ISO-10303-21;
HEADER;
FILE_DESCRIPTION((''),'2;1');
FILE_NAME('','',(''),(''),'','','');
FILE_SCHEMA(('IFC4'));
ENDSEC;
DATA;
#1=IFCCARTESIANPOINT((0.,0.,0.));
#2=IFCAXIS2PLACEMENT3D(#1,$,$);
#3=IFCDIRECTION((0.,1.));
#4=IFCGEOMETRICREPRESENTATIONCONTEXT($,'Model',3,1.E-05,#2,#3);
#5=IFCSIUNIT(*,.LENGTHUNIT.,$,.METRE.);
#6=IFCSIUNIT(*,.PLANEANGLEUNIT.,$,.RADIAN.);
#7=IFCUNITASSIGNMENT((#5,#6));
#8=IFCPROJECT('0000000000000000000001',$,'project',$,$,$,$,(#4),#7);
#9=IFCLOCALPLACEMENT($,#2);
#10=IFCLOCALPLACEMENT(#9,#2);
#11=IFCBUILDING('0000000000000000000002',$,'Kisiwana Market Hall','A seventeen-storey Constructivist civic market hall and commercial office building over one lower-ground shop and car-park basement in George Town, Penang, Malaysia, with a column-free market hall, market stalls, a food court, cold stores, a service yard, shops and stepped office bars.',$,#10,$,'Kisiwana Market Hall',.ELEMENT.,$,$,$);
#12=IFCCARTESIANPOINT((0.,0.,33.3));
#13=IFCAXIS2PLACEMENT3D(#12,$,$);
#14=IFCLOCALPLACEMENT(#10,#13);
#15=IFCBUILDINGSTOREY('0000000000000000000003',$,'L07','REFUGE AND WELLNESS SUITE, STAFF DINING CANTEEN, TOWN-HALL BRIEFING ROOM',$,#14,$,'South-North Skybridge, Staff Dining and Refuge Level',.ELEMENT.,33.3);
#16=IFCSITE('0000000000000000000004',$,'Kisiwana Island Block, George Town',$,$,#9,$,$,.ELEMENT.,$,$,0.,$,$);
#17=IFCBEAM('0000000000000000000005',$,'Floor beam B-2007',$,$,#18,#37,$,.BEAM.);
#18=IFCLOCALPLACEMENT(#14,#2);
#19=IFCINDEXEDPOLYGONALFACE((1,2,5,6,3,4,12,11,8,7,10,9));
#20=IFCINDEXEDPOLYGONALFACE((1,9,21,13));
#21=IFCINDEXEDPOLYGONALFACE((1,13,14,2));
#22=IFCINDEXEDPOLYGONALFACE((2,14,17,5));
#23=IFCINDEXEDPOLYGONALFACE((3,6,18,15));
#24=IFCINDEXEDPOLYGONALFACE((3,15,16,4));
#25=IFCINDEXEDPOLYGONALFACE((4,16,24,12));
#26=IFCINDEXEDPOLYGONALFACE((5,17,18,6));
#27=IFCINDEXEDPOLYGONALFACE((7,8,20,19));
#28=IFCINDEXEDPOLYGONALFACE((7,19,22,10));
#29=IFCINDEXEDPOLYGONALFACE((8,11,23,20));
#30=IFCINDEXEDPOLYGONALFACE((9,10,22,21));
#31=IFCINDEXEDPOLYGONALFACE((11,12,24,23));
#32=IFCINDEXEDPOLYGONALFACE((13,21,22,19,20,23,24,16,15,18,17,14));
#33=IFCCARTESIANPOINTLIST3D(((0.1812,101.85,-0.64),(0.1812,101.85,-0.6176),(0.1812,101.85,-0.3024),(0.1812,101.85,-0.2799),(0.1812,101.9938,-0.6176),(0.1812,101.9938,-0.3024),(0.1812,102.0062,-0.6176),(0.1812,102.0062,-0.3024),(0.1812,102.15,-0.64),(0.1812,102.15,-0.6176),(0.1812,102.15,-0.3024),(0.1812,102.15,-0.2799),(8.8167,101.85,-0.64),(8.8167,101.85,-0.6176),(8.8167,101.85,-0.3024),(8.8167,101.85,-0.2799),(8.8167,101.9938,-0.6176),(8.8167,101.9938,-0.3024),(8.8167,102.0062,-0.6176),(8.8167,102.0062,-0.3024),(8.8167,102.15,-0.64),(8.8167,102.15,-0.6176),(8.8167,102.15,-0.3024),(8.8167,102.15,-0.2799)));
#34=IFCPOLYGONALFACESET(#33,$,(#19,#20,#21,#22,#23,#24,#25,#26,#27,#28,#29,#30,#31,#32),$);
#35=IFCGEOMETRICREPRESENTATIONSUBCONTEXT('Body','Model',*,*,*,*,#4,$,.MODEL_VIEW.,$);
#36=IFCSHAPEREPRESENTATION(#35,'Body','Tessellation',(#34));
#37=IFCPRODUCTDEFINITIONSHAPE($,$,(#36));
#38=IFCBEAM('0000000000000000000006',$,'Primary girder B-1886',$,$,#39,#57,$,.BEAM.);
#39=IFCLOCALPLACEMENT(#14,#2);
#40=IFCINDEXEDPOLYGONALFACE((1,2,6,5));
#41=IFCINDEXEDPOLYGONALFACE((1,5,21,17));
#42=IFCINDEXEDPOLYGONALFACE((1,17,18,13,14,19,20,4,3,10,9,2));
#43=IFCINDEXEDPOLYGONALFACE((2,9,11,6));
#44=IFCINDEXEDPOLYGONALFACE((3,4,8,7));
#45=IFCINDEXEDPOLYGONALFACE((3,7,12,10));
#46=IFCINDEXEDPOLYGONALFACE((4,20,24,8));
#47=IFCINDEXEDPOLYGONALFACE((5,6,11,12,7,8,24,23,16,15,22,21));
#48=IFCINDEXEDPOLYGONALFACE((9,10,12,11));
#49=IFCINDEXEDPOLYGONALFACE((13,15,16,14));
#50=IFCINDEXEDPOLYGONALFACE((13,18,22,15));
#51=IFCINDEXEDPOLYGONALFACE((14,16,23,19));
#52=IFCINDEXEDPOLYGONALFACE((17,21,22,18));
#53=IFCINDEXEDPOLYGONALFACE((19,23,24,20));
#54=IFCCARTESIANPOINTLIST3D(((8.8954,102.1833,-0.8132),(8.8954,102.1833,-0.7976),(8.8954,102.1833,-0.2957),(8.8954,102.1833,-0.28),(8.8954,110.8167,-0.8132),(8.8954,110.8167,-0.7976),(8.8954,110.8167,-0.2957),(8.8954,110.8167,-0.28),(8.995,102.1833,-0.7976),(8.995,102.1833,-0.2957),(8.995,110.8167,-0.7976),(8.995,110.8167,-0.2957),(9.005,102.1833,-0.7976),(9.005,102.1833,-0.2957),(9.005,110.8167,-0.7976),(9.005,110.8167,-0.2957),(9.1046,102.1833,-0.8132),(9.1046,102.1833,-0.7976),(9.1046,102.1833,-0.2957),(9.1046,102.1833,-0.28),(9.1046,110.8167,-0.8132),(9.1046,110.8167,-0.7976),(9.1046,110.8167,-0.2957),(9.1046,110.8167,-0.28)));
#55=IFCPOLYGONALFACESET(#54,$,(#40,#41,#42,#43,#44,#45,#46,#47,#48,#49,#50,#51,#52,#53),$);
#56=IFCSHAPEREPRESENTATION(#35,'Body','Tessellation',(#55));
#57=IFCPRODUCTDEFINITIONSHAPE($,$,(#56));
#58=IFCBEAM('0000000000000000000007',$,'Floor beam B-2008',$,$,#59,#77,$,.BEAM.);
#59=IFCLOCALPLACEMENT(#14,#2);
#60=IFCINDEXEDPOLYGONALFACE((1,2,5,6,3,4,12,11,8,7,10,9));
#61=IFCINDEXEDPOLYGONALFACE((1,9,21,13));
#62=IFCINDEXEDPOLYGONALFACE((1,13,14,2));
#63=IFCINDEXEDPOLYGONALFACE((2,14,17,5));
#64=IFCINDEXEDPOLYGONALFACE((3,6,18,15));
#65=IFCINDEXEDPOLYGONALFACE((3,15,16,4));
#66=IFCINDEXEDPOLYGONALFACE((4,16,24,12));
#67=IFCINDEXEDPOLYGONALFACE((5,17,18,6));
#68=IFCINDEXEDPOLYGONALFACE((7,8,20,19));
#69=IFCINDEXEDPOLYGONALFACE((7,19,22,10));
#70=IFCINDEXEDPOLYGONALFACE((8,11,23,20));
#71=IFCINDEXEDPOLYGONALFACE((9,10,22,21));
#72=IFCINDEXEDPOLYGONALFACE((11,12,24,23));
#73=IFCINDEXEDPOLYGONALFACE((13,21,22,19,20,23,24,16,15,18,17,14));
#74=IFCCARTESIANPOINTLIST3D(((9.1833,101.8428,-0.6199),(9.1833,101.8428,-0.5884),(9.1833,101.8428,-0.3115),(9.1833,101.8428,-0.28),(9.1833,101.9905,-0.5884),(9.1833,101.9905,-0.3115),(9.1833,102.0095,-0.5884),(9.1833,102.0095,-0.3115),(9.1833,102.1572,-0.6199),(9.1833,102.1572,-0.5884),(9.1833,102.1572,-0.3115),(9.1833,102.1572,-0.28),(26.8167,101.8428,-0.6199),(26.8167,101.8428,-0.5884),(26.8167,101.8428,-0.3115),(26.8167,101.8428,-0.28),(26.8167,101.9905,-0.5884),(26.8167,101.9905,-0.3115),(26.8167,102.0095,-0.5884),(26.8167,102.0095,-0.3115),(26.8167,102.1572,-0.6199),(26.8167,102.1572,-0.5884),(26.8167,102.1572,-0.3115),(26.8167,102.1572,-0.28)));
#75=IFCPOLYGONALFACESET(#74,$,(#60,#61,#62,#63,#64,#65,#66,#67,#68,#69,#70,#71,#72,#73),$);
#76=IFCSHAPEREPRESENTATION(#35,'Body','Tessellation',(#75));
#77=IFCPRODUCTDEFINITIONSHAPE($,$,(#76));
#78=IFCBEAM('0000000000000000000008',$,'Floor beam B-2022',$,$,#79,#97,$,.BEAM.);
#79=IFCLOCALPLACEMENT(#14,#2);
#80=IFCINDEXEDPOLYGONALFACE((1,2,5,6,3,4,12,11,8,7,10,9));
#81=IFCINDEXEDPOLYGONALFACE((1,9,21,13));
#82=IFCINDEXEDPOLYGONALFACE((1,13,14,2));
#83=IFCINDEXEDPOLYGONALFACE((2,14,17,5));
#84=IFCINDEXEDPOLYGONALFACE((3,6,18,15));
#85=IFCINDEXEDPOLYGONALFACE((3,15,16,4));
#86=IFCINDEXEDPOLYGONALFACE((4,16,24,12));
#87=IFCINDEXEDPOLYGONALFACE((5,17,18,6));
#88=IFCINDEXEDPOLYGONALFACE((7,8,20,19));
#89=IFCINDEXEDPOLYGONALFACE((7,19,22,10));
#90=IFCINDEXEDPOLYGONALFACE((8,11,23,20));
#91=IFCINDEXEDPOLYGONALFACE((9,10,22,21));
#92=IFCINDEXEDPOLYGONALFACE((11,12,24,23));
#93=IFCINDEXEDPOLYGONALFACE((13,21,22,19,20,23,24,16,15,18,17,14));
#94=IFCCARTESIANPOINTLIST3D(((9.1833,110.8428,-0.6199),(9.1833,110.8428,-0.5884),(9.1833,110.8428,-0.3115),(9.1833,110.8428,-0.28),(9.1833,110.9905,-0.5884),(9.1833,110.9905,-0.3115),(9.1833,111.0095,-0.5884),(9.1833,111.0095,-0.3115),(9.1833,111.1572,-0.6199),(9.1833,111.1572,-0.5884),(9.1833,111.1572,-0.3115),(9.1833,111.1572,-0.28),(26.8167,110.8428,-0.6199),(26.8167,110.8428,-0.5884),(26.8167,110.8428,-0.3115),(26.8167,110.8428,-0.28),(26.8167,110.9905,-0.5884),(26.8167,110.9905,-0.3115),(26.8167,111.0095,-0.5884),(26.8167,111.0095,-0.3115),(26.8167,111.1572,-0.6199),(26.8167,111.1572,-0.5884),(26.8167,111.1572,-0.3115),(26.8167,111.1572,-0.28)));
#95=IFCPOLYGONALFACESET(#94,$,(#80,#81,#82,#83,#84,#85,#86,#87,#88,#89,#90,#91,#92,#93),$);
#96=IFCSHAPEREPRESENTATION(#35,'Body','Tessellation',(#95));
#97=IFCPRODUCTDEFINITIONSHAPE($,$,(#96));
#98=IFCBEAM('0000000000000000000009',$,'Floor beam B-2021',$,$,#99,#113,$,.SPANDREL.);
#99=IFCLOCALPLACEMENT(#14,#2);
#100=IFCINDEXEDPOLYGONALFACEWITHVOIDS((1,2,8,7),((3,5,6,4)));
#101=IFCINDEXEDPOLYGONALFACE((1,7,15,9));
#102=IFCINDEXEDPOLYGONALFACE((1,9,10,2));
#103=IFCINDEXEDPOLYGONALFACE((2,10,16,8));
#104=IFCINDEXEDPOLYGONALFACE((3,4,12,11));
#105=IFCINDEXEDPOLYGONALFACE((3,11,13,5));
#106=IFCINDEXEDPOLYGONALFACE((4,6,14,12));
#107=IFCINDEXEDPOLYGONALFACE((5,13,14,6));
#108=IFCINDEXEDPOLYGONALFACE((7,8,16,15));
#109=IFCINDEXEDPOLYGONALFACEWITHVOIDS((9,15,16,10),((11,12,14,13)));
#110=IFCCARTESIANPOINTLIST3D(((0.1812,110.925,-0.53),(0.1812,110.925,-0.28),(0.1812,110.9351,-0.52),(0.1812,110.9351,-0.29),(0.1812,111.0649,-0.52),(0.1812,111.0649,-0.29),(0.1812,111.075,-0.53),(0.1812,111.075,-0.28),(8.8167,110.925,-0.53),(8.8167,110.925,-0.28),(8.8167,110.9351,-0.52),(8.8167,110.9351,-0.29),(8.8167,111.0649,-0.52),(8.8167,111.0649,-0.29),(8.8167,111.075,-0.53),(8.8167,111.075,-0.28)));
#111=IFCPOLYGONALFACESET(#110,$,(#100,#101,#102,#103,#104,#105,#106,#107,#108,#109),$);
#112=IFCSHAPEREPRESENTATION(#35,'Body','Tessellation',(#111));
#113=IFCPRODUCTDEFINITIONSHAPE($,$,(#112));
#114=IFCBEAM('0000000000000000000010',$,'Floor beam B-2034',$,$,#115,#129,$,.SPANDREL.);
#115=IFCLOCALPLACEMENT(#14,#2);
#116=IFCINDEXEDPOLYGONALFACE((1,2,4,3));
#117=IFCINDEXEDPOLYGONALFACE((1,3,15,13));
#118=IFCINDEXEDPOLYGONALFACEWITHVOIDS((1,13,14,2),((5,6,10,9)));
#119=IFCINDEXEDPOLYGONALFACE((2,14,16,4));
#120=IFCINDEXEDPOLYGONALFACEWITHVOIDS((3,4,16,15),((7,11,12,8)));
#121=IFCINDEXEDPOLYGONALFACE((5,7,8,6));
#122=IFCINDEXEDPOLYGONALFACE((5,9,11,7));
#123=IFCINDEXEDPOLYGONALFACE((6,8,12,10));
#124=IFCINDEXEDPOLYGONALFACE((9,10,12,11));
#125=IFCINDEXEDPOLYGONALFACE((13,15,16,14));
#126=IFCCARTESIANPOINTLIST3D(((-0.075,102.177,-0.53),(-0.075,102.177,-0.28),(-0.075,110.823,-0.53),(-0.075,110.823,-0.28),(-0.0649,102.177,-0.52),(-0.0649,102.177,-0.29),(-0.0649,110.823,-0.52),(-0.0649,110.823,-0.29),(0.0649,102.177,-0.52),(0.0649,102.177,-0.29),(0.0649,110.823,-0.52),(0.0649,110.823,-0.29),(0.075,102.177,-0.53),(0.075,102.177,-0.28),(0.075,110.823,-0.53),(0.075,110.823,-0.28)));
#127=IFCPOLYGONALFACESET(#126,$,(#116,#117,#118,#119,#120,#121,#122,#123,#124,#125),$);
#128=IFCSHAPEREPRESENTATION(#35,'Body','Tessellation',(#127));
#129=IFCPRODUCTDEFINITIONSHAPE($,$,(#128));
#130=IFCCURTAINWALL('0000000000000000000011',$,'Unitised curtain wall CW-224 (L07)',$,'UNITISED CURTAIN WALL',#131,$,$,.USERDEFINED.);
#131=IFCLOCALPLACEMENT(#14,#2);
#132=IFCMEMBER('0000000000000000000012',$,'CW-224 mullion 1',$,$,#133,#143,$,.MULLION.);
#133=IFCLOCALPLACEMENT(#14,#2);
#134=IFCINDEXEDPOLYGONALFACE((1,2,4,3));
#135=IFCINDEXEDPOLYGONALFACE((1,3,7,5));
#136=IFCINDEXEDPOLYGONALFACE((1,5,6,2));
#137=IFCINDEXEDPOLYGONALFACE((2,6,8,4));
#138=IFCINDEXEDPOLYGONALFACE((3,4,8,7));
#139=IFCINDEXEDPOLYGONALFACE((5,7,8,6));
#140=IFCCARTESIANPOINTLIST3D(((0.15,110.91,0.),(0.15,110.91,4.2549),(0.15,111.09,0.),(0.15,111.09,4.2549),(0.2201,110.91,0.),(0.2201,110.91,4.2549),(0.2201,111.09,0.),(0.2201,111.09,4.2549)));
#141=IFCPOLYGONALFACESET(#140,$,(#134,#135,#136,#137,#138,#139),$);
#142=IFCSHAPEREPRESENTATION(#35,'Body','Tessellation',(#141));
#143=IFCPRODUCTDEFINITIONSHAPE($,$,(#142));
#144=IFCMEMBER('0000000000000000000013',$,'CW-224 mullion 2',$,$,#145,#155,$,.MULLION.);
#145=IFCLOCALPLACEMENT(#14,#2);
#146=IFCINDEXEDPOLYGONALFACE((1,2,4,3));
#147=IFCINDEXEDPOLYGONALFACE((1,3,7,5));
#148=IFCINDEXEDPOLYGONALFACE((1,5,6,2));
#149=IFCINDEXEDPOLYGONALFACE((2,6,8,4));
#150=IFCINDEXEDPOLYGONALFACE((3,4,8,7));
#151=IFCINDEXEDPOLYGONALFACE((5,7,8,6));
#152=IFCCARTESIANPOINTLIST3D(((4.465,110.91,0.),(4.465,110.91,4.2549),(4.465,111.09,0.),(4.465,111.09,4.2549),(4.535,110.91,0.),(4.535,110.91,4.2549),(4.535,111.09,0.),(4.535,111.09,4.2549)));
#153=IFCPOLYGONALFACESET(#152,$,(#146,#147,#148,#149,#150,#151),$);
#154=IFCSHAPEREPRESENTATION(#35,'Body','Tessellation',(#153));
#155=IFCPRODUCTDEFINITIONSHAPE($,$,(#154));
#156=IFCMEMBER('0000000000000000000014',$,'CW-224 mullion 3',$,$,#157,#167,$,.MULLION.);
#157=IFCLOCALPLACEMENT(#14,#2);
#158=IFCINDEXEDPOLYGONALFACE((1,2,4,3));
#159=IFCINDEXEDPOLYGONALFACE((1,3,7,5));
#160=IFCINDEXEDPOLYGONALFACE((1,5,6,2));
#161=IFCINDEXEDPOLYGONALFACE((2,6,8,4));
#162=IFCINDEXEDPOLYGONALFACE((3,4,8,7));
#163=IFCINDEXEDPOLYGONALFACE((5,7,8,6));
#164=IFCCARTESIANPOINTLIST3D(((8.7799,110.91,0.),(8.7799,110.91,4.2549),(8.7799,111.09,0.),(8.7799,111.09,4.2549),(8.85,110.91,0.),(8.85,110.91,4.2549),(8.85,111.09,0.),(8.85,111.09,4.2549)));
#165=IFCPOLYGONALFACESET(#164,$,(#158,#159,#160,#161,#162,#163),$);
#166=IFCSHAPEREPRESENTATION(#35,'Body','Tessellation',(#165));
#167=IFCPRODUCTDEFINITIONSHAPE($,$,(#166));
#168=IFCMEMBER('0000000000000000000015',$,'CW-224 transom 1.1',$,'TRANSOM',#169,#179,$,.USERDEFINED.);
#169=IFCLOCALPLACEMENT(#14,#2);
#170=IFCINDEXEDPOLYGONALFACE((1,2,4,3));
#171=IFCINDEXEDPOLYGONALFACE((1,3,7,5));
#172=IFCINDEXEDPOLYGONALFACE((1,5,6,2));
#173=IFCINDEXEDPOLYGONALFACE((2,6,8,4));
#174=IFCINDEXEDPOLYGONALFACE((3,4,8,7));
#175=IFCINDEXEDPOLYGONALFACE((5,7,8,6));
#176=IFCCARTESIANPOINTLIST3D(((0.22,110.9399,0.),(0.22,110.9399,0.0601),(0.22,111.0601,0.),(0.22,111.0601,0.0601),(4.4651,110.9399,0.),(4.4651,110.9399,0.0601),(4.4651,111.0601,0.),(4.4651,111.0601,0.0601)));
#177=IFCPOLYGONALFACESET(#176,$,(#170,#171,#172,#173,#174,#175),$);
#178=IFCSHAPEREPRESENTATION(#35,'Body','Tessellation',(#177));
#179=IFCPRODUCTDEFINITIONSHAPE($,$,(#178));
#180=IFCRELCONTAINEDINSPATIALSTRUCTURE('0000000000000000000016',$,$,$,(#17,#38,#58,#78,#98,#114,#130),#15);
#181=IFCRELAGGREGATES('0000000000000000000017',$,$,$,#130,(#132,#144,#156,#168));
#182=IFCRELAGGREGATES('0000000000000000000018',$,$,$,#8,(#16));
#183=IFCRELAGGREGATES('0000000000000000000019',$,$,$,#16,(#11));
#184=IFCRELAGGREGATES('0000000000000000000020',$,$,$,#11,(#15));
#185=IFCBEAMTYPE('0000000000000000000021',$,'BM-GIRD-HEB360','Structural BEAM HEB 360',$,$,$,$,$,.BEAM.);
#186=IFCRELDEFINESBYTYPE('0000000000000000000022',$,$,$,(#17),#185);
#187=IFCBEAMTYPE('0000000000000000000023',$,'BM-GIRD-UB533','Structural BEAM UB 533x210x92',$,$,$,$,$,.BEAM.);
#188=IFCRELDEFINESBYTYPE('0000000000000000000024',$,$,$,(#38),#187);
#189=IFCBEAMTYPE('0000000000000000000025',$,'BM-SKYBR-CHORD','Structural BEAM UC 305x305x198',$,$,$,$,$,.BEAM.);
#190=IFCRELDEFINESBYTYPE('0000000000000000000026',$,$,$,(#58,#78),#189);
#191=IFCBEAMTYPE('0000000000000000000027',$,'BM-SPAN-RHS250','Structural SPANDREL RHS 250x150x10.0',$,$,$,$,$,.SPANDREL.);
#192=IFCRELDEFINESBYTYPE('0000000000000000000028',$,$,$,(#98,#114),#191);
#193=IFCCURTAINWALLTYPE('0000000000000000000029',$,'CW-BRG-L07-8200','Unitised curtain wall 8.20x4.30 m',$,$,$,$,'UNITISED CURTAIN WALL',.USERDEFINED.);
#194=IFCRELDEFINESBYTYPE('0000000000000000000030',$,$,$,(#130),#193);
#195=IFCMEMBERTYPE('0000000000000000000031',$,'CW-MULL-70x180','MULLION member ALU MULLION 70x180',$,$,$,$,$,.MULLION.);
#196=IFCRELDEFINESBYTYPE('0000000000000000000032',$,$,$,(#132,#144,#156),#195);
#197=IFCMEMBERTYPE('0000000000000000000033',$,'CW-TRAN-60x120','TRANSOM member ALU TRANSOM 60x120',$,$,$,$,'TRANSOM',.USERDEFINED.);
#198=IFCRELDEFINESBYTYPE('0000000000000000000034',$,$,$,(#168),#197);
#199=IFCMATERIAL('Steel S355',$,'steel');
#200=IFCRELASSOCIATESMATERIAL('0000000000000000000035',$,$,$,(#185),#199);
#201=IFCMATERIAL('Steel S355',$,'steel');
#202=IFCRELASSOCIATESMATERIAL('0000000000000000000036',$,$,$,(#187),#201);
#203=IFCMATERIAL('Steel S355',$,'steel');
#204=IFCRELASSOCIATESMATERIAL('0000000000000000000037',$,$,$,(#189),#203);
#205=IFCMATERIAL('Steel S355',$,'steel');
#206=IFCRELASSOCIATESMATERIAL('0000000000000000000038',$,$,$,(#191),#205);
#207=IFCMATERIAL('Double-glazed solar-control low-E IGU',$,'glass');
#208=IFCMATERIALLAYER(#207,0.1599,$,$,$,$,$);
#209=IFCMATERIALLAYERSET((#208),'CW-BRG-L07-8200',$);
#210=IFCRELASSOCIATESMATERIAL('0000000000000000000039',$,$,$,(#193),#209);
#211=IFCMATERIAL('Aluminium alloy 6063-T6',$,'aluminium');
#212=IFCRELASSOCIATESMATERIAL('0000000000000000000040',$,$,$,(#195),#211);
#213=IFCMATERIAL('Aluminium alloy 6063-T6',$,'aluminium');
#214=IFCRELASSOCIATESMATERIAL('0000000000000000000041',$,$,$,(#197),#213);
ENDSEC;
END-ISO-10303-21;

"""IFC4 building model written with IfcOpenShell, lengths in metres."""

from ifc_helpers import new_model, si_unit, direction, frame, origin, origin_2d, place, context, subcontext, project, spatial, rectangle, hollow_rectangle, i_section, extrude, material, layer, layer_set, material_profile, profile_set, type_object, element, aggregate, save


model = new_model("IFC4")

# Units and contexts
model_context = context("Model", 3, precision=1e-05, world=origin(), true_north=direction((0.0, 1.0)))
body_context = subcontext(model_context, "Body", "Model", "MODEL_VIEW")
ifc_project = project(units=[si_unit("LENGTHUNIT", "METRE"), si_unit("PLANEANGLEUNIT", "RADIAN")], contexts=[model_context])

# Site, building, storey
site_placement = place(None, origin())
site = spatial("IfcSite", under=ifc_project, at=site_placement, Name="Kisiwana Island Block, George Town", CompositionType="ELEMENT", RefElevation=0.0)
building_placement = place(site_placement, origin())
building = spatial("IfcBuilding", under=site, at=building_placement, Name="Kisiwana Market Hall", Description="A seventeen-storey Constructivist civic market hall and commercial office building over one lower-ground shop and car-park basement in George Town, Penang, Malaysia, with a column-free market hall, market stalls, a food court, cold stores, a service yard, shops and stepped office bars.", LongName="Kisiwana Market Hall", CompositionType="ELEMENT")
storey_placement = place(building_placement, frame((0.0, 0.0, 33.3)))
storey = spatial("IfcBuildingStorey", under=building, at=storey_placement, Name="L07", Description="REFUGE AND WELLNESS SUITE, STAFF DINING CANTEEN, TOWN-HALL BRIEFING ROOM", LongName="South-North Skybridge, Staff Dining and Refuge Level", CompositionType="ELEMENT", Elevation=33.3)

# Beams
ifc_material_1 = material(Name="Steel S355", Category="steel")
ifc_material_profile_1 = material_profile(ifc_material_1, i_section(OverallWidth=0.3, OverallDepth=0.3601, WebThickness=0.0125, FlangeThickness=0.0225, at=origin_2d()), Name="HEB 360")
ifc_profile_set_1 = profile_set([ifc_material_profile_1], Name="Steel S355")
beam_type_1 = type_object("IfcBeamType", Name="BM-GIRD-HEB360", Description="Structural BEAM HEB 360", PredefinedType="BEAM", material=ifc_profile_set_1)
beam_1_placement = place(storey_placement, frame((0.1812, 102.0, -0.46), z_axis=(1.0, 0.0, 0.0), x_axis=(0.0, 1.0, 0.0)))
element("IfcBeam", 1, at=beam_1_placement, inside=storey, type_object=beam_type_1, Name="Floor beam B-2007", PredefinedType="BEAM", context=body_context, shape_type="SweptSolid", body=[
    extrude(i_section(OverallWidth=0.3, OverallDepth=0.3601, WebThickness=0.0125, FlangeThickness=0.0225, at=origin_2d()), origin(), (0.0, 0.0, 1.0), 8.6355),
])
ifc_material_2 = material(Name="Steel S355", Category="steel")
ifc_material_profile_2 = material_profile(ifc_material_2, i_section(OverallWidth=0.2092, OverallDepth=0.5332, WebThickness=0.01, FlangeThickness=0.0156, at=origin_2d()), Name="UB 533x210x92")
ifc_profile_set_2 = profile_set([ifc_material_profile_2], Name="Steel S355")
beam_type_2 = type_object("IfcBeamType", Name="BM-GIRD-UB533", Description="Structural BEAM UB 533x210x92", PredefinedType="BEAM", material=ifc_profile_set_2)
beam_2_placement = place(storey_placement, frame((9.0, 102.1833, -0.5466), z_axis=(0.0, 1.0, 0.0), x_axis=(-1.0, 0.0, 0.0)))
element("IfcBeam", 2, at=beam_2_placement, inside=storey, type_object=beam_type_2, Name="Primary girder B-1886", PredefinedType="BEAM", context=body_context, shape_type="SweptSolid", body=[
    extrude(i_section(OverallWidth=0.2092, OverallDepth=0.5332, WebThickness=0.01, FlangeThickness=0.0156, at=origin_2d()), origin(), (0.0, 0.0, 1.0), 8.6333),
])
ifc_material_3 = material(Name="Steel S355", Category="steel")
ifc_material_profile_3 = material_profile(ifc_material_3, i_section(OverallWidth=0.3145, OverallDepth=0.3398, WebThickness=0.019, FlangeThickness=0.0315, at=origin_2d()), Name="UC 305x305x198")
ifc_profile_set_3 = profile_set([ifc_material_profile_3], Name="Steel S355")
beam_type_3 = type_object("IfcBeamType", Name="BM-SKYBR-CHORD", Description="Structural BEAM UC 305x305x198", PredefinedType="BEAM", material=ifc_profile_set_3)
for number, where, z_axis, x_axis, name in (
    (3, (9.1833, 102.0, -0.45), (1.0, 0.0, 0.0), (0.0, 1.0, 0.0), "Floor beam B-2008"),
    (4, (9.1833, 111.0, -0.45), (1.0, 0.0, 0.0), (0.0, 1.0, 0.0), "Floor beam B-2022"),
):
    element("IfcBeam", number, at=place(storey_placement, frame(where, z_axis=z_axis, x_axis=x_axis)), inside=storey, type_object=beam_type_3, Name=name, PredefinedType="BEAM", context=body_context, shape_type="SweptSolid", body=[
        extrude(i_section(OverallWidth=0.3145, OverallDepth=0.3398, WebThickness=0.019, FlangeThickness=0.0315, at=origin_2d()), origin(), (0.0, 0.0, 1.0), 17.6333),
    ])
ifc_material_4 = material(Name="Steel S355", Category="steel")
ifc_material_profile_4 = material_profile(ifc_material_4, hollow_rectangle(XDim=0.1499, YDim=0.25, WallThickness=0.01, at=origin_2d()), Name="RHS 250x150x10.0")
ifc_profile_set_4 = profile_set([ifc_material_profile_4], Name="Steel S355")
beam_type_4 = type_object("IfcBeamType", Name="BM-SPAN-RHS250", Description="Structural SPANDREL RHS 250x150x10.0", PredefinedType="SPANDREL", material=ifc_profile_set_4)
beam_3_placement = place(storey_placement, frame((0.1812, 111.0, -0.405), z_axis=(1.0, 0.0, 0.0), x_axis=(0.0, 1.0, 0.0)))
element("IfcBeam", 5, at=beam_3_placement, inside=storey, type_object=beam_type_4, Name="Floor beam B-2021", PredefinedType="SPANDREL", context=body_context, shape_type="SweptSolid", body=[
    extrude(hollow_rectangle(XDim=0.1499, YDim=0.25, WallThickness=0.01, at=origin_2d()), origin(), (0.0, 0.0, 1.0), 8.6355),
])
beam_4_placement = place(storey_placement, frame((0.0, 102.177, -0.405), z_axis=(0.0, 1.0, 0.0), x_axis=(-1.0, 0.0, 0.0)))
element("IfcBeam", 6, at=beam_4_placement, inside=storey, type_object=beam_type_4, Name="Floor beam B-2034", PredefinedType="SPANDREL", context=body_context, shape_type="SweptSolid", body=[
    extrude(hollow_rectangle(XDim=0.1499, YDim=0.25, WallThickness=0.01, at=origin_2d()), origin(), (0.0, 0.0, 1.0), 8.646),
])

# Curtain wall, members
ifc_material_5 = material(Name="Double-glazed solar-control low-E IGU", Category="glass")
ifc_layer_1 = layer(ifc_material_5, 0.1599)
ifc_layer_set_1 = layer_set([ifc_layer_1], Name="CW-BRG-L07-8200")
curtain_wall_type = type_object("IfcCurtainWallType", Name="CW-BRG-L07-8200", Description="Unitised curtain wall 8.20x4.30 m", ElementType="UNITISED CURTAIN WALL", PredefinedType="USERDEFINED", material=ifc_layer_set_1)
curtain_wall_placement = place(storey_placement, origin())
curtain_wall = element("IfcCurtainWall", 7, at=curtain_wall_placement, inside=storey, type_object=curtain_wall_type, Name="Unitised curtain wall CW-224 (L07)", ObjectType="UNITISED CURTAIN WALL", PredefinedType="USERDEFINED")
ifc_material_6 = material(Name="Aluminium alloy 6063-T6", Category="aluminium")
ifc_material_profile_5 = material_profile(ifc_material_6, rectangle(XDim=0.0701, YDim=0.1799, at=origin_2d()), Name="ALU MULLION 70x180")
ifc_profile_set_5 = profile_set([ifc_material_profile_5], Name="Aluminium alloy 6063-T6")
member_type_1 = type_object("IfcMemberType", Name="CW-MULL-70x180", Description="MULLION member ALU MULLION 70x180", PredefinedType="MULLION", material=ifc_profile_set_5)
member_1_placement = place(storey_placement, frame((0.1851, 111.0, 0.0), z_axis=(0.0, 0.0, 1.0), x_axis=(1.0, 0.0, 0.0)))
member_1 = element("IfcMember", 8, at=member_1_placement, type_object=member_type_1, Name="CW-224 mullion 1", PredefinedType="MULLION", context=body_context, shape_type="SweptSolid", body=[
    extrude(rectangle(XDim=0.0701, YDim=0.1799, at=origin_2d()), origin(), (0.0, 0.0, 1.0), 4.2549),
])
member_2_placement = place(storey_placement, frame((4.5, 111.0, 0.0), z_axis=(0.0, 0.0, 1.0), x_axis=(1.0, 0.0, 0.0)))
member_2 = element("IfcMember", 9, at=member_2_placement, type_object=member_type_1, Name="CW-224 mullion 2", PredefinedType="MULLION", context=body_context, shape_type="SweptSolid", body=[
    extrude(rectangle(XDim=0.0701, YDim=0.1799, at=origin_2d()), origin(), (0.0, 0.0, 1.0), 4.2549),
])
member_3_placement = place(storey_placement, frame((8.8149, 111.0, 0.0), z_axis=(0.0, 0.0, 1.0), x_axis=(1.0, 0.0, 0.0)))
member_3 = element("IfcMember", 10, at=member_3_placement, type_object=member_type_1, Name="CW-224 mullion 3", PredefinedType="MULLION", context=body_context, shape_type="SweptSolid", body=[
    extrude(rectangle(XDim=0.0701, YDim=0.1799, at=origin_2d()), origin(), (0.0, 0.0, 1.0), 4.2549),
])
ifc_material_7 = material(Name="Aluminium alloy 6063-T6", Category="aluminium")
ifc_material_profile_6 = material_profile(ifc_material_7, rectangle(XDim=0.1201, YDim=0.0601, at=origin_2d()), Name="ALU TRANSOM 60x120")
ifc_profile_set_6 = profile_set([ifc_material_profile_6], Name="Aluminium alloy 6063-T6")
member_type_2 = type_object("IfcMemberType", Name="CW-TRAN-60x120", Description="TRANSOM member ALU TRANSOM 60x120", ElementType="TRANSOM", PredefinedType="USERDEFINED", material=ifc_profile_set_6)
member_4_placement = place(storey_placement, frame((0.22, 111.0, 0.03), z_axis=(1.0, 0.0, 0.0), x_axis=(0.0, 1.0, 0.0)))
member_4 = element("IfcMember", 11, at=member_4_placement, type_object=member_type_2, Name="CW-224 transom 1.1", ObjectType="TRANSOM", PredefinedType="USERDEFINED", context=body_context, shape_type="SweptSolid", body=[
    extrude(rectangle(XDim=0.1201, YDim=0.0601, at=origin_2d()), origin(), (0.0, 0.0, 1.0), 4.2451),
])
aggregate(curtain_wall, [member_1, member_2, member_3, member_4])

save(model, "model.ifc")
